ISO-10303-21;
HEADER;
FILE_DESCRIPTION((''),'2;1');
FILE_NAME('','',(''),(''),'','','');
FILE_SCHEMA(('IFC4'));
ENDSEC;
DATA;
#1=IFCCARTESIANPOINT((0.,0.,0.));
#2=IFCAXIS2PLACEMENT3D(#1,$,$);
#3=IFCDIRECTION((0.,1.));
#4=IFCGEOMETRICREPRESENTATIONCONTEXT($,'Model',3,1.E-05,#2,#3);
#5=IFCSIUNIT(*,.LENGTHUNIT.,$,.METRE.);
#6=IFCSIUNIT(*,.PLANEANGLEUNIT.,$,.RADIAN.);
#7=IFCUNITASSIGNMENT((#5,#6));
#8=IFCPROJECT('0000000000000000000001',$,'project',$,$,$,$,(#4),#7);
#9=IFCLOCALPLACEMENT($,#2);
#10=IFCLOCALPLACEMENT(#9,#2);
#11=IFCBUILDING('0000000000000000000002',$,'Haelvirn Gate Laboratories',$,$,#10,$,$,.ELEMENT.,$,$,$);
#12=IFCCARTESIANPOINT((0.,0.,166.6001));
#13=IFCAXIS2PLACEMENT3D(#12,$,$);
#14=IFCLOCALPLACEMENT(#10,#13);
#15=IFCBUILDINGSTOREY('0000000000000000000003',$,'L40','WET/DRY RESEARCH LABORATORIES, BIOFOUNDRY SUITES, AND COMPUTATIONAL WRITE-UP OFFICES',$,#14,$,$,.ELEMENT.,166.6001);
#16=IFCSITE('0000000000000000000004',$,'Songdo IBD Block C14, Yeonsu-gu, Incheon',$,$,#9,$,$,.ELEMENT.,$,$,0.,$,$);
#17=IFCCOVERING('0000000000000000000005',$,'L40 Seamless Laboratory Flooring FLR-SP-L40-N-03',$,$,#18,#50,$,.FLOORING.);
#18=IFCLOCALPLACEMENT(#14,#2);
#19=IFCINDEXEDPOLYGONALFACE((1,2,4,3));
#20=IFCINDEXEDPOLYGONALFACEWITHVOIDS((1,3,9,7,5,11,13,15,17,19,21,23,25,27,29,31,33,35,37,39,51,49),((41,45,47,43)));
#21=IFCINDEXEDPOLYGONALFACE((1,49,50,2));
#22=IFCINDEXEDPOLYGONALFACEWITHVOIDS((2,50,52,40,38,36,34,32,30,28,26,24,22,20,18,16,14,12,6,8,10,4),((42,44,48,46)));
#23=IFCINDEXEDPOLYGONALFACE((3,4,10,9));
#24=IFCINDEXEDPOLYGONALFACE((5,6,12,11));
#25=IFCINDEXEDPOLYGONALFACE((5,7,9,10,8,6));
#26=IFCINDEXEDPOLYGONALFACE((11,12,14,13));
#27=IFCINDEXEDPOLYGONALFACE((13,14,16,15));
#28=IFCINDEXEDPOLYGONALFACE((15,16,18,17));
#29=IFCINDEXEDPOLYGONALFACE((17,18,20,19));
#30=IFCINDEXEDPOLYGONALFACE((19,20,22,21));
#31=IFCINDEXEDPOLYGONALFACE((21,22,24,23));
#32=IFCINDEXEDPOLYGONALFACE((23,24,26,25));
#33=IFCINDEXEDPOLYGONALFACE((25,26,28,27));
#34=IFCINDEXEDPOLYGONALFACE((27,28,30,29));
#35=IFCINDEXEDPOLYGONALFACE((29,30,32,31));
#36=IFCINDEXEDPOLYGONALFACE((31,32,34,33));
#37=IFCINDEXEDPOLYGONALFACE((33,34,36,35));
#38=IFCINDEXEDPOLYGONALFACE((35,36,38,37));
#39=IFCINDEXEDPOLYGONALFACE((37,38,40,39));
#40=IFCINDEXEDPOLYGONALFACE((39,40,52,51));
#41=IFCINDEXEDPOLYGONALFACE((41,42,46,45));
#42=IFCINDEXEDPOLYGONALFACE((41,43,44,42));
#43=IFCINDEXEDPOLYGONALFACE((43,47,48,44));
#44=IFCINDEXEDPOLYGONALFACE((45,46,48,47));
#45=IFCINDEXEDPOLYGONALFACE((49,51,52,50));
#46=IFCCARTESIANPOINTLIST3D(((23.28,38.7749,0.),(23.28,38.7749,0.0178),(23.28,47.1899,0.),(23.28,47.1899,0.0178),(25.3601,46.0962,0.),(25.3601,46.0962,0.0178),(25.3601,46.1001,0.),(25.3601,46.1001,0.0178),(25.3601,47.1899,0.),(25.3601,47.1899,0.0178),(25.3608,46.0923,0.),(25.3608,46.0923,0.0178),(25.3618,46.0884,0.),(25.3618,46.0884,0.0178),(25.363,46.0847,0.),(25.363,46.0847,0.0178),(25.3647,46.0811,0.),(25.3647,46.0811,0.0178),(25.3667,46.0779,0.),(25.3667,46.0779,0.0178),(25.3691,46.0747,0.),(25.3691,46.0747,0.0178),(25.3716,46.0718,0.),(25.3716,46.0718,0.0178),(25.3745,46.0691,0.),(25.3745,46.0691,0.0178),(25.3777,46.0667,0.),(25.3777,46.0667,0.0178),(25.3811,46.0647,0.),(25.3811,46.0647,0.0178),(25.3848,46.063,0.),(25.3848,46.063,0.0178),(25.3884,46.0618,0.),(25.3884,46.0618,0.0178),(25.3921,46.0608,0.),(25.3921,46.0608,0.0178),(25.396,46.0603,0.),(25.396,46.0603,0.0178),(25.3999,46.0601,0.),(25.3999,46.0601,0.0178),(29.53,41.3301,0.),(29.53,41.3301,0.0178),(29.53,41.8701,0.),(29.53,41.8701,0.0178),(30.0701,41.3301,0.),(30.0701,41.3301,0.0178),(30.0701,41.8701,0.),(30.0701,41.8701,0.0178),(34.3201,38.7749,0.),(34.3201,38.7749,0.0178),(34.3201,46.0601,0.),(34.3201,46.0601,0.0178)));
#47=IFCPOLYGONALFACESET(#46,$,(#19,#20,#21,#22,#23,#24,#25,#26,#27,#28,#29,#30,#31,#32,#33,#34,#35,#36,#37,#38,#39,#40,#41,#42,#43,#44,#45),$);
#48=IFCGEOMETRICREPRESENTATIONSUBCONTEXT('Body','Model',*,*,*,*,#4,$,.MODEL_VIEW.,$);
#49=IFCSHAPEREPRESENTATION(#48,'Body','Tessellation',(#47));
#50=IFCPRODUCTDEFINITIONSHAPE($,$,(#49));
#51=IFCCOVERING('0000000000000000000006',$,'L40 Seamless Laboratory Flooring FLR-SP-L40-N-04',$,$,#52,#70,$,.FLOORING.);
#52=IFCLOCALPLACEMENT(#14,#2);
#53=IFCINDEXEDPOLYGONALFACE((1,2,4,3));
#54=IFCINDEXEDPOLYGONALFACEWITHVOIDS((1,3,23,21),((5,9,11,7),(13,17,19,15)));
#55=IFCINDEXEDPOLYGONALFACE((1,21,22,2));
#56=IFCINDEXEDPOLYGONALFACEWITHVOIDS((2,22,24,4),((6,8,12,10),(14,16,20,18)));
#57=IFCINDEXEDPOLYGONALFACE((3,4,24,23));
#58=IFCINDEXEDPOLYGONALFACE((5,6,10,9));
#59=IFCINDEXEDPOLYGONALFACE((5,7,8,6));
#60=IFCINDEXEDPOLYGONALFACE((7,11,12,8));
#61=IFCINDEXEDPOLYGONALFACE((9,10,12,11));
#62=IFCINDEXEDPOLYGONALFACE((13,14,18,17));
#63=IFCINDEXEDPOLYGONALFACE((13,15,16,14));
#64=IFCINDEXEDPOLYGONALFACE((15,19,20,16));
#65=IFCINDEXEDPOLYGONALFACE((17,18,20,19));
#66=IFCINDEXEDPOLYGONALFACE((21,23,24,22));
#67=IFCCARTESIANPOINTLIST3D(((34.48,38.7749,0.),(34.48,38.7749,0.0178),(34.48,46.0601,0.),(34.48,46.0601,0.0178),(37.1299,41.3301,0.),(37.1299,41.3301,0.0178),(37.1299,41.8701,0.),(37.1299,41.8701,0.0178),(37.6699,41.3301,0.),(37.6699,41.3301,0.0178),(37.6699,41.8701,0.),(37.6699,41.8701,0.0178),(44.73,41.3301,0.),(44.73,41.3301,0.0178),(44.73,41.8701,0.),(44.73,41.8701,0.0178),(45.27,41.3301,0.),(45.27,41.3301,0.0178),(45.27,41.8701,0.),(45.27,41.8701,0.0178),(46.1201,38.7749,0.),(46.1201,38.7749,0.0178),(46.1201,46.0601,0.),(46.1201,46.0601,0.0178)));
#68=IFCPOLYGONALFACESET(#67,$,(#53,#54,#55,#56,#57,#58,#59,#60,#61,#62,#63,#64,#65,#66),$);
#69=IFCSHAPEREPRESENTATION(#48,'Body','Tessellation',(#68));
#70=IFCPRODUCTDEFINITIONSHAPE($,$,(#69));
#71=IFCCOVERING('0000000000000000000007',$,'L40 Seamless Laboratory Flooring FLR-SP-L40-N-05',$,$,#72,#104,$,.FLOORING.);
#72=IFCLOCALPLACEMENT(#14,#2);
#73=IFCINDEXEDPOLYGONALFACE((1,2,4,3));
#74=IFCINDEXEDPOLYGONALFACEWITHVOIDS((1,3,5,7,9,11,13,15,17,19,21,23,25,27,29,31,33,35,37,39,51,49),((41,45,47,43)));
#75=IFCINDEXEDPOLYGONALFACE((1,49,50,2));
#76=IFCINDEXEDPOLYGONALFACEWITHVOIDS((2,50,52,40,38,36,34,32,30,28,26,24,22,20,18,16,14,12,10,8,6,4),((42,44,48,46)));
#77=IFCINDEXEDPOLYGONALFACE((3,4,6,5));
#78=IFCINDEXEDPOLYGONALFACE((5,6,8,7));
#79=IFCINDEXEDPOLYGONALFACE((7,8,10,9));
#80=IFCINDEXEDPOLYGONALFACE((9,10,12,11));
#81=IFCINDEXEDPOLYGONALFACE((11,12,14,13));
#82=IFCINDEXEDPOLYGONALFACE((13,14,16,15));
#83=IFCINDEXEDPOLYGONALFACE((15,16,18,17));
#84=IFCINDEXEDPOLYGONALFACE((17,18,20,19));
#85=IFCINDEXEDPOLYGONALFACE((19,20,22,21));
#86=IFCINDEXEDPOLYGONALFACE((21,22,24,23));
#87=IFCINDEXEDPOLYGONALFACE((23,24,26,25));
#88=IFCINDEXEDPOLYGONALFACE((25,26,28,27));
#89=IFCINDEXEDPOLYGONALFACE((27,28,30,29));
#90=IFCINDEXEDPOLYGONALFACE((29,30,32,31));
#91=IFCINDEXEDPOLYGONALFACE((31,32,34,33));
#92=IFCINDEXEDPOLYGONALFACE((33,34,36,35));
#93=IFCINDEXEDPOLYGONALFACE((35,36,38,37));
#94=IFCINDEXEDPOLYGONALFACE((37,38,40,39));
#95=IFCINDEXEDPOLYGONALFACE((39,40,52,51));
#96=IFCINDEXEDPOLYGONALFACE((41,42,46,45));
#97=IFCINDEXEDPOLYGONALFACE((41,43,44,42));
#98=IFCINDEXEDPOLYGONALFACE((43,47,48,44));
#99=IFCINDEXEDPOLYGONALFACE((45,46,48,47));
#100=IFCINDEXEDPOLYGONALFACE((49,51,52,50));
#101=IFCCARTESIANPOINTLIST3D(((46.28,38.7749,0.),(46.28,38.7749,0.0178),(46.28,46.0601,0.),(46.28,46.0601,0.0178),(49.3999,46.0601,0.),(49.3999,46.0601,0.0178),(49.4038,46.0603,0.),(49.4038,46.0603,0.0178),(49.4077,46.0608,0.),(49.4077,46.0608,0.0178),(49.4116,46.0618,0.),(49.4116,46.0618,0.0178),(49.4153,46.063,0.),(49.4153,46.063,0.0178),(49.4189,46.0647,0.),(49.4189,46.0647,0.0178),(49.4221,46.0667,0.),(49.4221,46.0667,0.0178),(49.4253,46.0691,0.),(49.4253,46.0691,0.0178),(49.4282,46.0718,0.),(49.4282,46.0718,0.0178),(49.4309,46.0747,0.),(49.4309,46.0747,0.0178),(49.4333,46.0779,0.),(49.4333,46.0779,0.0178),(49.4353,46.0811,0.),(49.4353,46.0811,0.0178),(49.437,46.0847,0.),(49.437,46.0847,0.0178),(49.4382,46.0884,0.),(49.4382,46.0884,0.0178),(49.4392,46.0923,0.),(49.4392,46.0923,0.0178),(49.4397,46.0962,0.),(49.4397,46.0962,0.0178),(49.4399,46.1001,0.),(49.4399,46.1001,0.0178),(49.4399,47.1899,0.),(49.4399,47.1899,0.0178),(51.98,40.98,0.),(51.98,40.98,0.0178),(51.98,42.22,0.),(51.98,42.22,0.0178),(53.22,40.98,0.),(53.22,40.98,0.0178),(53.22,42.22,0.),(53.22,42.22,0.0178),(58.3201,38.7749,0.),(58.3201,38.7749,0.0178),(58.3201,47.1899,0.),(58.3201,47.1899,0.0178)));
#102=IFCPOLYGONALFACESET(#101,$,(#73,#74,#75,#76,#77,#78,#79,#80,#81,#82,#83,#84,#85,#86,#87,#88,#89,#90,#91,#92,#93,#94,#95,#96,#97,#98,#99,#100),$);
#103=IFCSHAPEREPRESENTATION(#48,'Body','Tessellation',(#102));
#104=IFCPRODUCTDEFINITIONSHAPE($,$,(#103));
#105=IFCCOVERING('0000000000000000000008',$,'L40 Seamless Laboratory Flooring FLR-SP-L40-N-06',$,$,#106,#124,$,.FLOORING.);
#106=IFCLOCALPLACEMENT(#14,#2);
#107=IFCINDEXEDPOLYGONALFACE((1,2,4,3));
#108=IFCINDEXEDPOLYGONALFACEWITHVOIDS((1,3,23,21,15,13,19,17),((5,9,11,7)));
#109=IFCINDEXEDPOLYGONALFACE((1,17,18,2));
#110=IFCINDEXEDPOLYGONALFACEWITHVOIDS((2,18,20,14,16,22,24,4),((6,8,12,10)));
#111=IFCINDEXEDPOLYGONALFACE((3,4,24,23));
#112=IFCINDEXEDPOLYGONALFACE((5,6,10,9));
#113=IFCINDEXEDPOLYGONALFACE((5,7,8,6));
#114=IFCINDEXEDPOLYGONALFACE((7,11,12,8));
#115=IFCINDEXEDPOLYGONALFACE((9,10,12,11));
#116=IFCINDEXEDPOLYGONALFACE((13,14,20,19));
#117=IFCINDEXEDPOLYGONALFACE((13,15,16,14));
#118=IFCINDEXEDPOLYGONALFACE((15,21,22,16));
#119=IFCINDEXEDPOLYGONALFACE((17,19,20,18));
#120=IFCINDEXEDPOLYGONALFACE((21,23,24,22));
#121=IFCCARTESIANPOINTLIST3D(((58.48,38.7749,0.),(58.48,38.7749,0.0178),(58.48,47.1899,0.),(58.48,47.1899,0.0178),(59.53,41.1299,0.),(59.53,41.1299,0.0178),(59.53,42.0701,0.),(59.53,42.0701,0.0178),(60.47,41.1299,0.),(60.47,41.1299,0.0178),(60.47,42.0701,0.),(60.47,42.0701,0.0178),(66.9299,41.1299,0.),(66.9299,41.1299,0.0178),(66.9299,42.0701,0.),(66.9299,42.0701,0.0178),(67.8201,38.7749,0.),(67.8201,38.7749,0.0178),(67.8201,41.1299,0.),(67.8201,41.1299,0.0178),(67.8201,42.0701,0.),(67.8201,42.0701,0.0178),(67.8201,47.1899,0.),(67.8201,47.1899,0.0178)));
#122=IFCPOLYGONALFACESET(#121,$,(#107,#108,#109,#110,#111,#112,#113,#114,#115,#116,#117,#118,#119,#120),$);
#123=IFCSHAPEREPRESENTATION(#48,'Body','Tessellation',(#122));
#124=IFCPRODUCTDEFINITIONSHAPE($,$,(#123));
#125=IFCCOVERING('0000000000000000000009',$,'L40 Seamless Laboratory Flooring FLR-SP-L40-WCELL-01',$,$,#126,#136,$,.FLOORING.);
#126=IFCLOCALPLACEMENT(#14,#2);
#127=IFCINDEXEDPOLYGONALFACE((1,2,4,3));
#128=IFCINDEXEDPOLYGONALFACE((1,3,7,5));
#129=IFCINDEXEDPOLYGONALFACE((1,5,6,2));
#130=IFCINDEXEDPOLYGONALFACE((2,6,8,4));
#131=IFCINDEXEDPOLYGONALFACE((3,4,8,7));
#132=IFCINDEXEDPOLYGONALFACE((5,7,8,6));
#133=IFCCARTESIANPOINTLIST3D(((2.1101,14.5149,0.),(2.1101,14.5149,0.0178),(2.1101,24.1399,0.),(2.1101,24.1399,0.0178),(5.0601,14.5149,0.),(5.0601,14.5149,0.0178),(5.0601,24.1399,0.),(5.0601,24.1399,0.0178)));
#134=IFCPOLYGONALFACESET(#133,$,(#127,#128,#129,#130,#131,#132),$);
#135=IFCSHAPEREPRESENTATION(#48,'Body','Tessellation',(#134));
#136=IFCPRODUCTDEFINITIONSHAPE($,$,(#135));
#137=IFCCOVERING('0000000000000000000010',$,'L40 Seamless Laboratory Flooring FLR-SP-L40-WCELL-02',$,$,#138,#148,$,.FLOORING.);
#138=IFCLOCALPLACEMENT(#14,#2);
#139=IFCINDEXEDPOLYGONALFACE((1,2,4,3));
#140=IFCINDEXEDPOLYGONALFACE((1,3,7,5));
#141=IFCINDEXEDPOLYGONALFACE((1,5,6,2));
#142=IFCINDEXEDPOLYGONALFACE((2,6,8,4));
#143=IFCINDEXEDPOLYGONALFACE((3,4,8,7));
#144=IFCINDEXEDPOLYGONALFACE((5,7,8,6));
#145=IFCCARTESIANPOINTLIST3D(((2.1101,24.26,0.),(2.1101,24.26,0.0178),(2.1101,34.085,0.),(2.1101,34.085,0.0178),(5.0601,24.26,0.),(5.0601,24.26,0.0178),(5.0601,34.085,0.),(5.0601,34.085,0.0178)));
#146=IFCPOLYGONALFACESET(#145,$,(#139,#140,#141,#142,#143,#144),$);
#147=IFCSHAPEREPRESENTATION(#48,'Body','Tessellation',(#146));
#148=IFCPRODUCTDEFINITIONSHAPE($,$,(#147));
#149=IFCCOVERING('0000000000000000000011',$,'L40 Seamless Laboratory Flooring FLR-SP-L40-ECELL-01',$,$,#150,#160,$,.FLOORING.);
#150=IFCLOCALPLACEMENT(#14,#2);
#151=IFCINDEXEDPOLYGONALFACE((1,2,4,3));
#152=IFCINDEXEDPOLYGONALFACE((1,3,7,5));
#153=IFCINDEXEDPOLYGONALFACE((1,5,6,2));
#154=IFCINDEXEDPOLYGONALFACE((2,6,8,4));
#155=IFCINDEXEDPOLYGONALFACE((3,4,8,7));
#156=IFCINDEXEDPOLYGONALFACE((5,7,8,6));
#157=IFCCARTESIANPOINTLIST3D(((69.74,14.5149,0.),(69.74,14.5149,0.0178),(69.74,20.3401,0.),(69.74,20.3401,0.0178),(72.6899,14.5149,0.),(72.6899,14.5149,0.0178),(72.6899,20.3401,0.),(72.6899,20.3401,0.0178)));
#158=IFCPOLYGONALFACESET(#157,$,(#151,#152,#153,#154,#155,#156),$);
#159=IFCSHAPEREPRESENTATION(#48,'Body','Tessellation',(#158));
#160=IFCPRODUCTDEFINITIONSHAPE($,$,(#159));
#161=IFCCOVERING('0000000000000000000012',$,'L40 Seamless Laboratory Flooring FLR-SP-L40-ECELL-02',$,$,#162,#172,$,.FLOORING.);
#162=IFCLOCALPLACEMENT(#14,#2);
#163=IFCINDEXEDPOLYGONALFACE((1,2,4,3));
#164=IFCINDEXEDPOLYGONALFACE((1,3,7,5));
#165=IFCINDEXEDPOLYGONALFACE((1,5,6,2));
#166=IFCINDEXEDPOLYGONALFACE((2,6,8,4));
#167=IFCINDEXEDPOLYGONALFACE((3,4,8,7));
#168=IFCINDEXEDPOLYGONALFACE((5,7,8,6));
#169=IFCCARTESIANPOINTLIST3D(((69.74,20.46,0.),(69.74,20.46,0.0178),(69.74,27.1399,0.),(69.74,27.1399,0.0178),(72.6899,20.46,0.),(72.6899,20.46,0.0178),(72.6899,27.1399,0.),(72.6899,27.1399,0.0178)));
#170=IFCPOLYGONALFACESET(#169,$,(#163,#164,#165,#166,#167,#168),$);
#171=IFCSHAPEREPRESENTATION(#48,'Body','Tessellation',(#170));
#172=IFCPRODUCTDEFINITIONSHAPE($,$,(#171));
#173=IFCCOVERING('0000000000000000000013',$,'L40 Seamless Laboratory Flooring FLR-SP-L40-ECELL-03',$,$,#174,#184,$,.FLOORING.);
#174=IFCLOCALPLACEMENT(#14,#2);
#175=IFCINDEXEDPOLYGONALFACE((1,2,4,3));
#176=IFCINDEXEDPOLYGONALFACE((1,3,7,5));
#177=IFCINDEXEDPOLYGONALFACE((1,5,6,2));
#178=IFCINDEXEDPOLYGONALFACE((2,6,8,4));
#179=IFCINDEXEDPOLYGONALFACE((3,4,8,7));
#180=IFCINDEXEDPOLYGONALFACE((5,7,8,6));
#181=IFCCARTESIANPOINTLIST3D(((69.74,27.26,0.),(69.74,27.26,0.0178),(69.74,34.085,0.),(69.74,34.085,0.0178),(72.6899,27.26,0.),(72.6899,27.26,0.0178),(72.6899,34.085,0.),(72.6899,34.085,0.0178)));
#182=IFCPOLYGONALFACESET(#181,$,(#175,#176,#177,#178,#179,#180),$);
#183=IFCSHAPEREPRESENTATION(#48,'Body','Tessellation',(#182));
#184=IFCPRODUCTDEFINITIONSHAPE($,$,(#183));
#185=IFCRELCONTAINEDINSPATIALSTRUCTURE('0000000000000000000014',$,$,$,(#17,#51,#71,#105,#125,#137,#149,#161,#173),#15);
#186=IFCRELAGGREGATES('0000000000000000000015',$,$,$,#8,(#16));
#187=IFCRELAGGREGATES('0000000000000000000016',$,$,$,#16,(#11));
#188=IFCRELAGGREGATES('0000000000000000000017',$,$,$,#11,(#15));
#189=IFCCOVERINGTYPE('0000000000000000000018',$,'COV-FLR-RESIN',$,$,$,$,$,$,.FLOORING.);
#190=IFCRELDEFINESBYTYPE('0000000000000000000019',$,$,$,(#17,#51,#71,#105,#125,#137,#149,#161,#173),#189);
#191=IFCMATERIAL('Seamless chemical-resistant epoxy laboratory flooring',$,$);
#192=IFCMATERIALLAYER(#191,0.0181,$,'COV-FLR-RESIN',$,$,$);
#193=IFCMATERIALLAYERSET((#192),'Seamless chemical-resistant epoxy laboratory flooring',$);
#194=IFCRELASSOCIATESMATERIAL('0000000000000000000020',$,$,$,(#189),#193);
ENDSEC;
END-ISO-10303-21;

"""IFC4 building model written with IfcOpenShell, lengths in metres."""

from ifc_helpers import new_model, si_unit, direction, frame, origin, place, context, subcontext, project, spatial, polyline, outline, extrude, material, layer, layer_set, type_object, element, save


model = new_model("IFC4")

# Units and contexts
model_context = context("Model", 3, precision=1e-05, world=origin(), true_north=direction((0.0, 1.0)))
body_context = subcontext(model_context, "Body", "Model", "MODEL_VIEW")
ifc_project = project(units=[si_unit("LENGTHUNIT", "METRE"), si_unit("PLANEANGLEUNIT", "RADIAN")], contexts=[model_context])

# Site, building, storey
site_placement = place(None, origin())
site = spatial("IfcSite", under=ifc_project, at=site_placement, Name="Songdo IBD Block C14, Yeonsu-gu, Incheon", CompositionType="ELEMENT", RefElevation=0.0)
building_placement = place(site_placement, origin())
building = spatial("IfcBuilding", under=site, at=building_placement, Name="Haelvirn Gate Laboratories", CompositionType="ELEMENT")
storey_placement = place(building_placement, frame((0.0, 0.0, 166.6001)))
storey = spatial("IfcBuildingStorey", under=building, at=storey_placement, Name="L40", Description="WET/DRY RESEARCH LABORATORIES, BIOFOUNDRY SUITES, AND COMPUTATIONAL WRITE-UP OFFICES", CompositionType="ELEMENT", Elevation=166.6001)

# Coverings
ifc_material_1 = material(Name="Seamless chemical-resistant epoxy laboratory flooring")
ifc_layer_1 = layer(ifc_material_1, 0.0181, Name="COV-FLR-RESIN")
ifc_layer_set_1 = layer_set([ifc_layer_1], Name="Seamless chemical-resistant epoxy laboratory flooring")
covering_type = type_object("IfcCoveringType", Name="COV-FLR-RESIN", PredefinedType="FLOORING", material=ifc_layer_set_1)
covering_1_placement = place(storey_placement, origin())
element("IfcCovering", 1, at=covering_1_placement, inside=storey, type_object=covering_type, Name="L40 Seamless Laboratory Flooring FLR-SP-L40-N-03", PredefinedType="FLOORING", context=body_context, shape_type="SweptSolid", body=[
    extrude(outline(polyline([(23.28, 47.1899), (25.3601, 47.1899), (25.3601, 46.1001), (25.3601, 46.0962), (25.3608, 46.0923), (25.3618, 46.0884), (25.363, 46.0847), (25.3647, 46.0811), (25.3667, 46.0779), (25.3691, 46.0747), (25.3716, 46.0718), (25.3745, 46.0691), (25.3777, 46.0667), (25.3811, 46.0647), (25.3848, 46.063), (25.3884, 46.0618), (25.3921, 46.0608), (25.396, 46.0603), (25.3999, 46.0601), (34.3201, 46.0601), (34.3201, 38.7749), (23.28, 38.7749), (23.28, 47.1899)]), holes=[polyline([(29.53, 41.8701), (29.53, 41.3301), (30.0701, 41.3301), (30.0701, 41.8701), (29.53, 41.8701)])]), origin(), (0.0, 0.0, 1.0), 0.0178),
])
covering_2_placement = place(storey_placement, origin())
element("IfcCovering", 2, at=covering_2_placement, inside=storey, type_object=covering_type, Name="L40 Seamless Laboratory Flooring FLR-SP-L40-N-04", PredefinedType="FLOORING", context=body_context, shape_type="SweptSolid", body=[
    extrude(outline(polyline([(46.1201, 46.0601), (46.1201, 38.7749), (34.48, 38.7749), (34.48, 46.0601), (46.1201, 46.0601)]), holes=[polyline([(37.1299, 41.3301), (37.6699, 41.3301), (37.6699, 41.8701), (37.1299, 41.8701), (37.1299, 41.3301)]), polyline([(44.73, 41.8701), (44.73, 41.3301), (45.27, 41.3301), (45.27, 41.8701), (44.73, 41.8701)])]), origin(), (0.0, 0.0, 1.0), 0.0178),
])
covering_3_placement = place(storey_placement, origin())
element("IfcCovering", 3, at=covering_3_placement, inside=storey, type_object=covering_type, Name="L40 Seamless Laboratory Flooring FLR-SP-L40-N-05", PredefinedType="FLOORING", context=body_context, shape_type="SweptSolid", body=[
    extrude(outline(polyline([(46.28, 38.7749), (46.28, 46.0601), (49.3999, 46.0601), (49.4038, 46.0603), (49.4077, 46.0608), (49.4116, 46.0618), (49.4153, 46.063), (49.4189, 46.0647), (49.4221, 46.0667), (49.4253, 46.0691), (49.4282, 46.0718), (49.4309, 46.0747), (49.4333, 46.0779), (49.4353, 46.0811), (49.437, 46.0847), (49.4382, 46.0884), (49.4392, 46.0923), (49.4397, 46.0962), (49.4399, 46.1001), (49.4399, 47.1899), (58.3201, 47.1899), (58.3201, 38.7749), (46.28, 38.7749)]), holes=[polyline([(51.98, 42.22), (51.98, 40.98), (53.22, 40.98), (53.22, 42.22), (51.98, 42.22)])]), origin(), (0.0, 0.0, 1.0), 0.0178),
])
covering_4_placement = place(storey_placement, origin())
element("IfcCovering", 4, at=covering_4_placement, inside=storey, type_object=covering_type, Name="L40 Seamless Laboratory Flooring FLR-SP-L40-N-06", PredefinedType="FLOORING", context=body_context, shape_type="SweptSolid", body=[
    extrude(outline(polyline([(67.8201, 42.0701), (66.9299, 42.0701), (66.9299, 41.1299), (67.8201, 41.1299), (67.8201, 38.7749), (58.48, 38.7749), (58.48, 47.1899), (67.8201, 47.1899), (67.8201, 42.0701)]), holes=[polyline([(59.53, 41.1299), (60.47, 41.1299), (60.47, 42.0701), (59.53, 42.0701), (59.53, 41.1299)])]), origin(), (0.0, 0.0, 1.0), 0.0178),
])
covering_5_placement = place(storey_placement, origin())
element("IfcCovering", 5, at=covering_5_placement, inside=storey, type_object=covering_type, Name="L40 Seamless Laboratory Flooring FLR-SP-L40-WCELL-01", PredefinedType="FLOORING", context=body_context, shape_type="SweptSolid", body=[
    extrude(outline(polyline([(2.1101, 24.1399), (5.0601, 24.1399), (5.0601, 14.5149), (2.1101, 14.5149), (2.1101, 24.1399)])), origin(), (0.0, 0.0, 1.0), 0.0178),
])
covering_6_placement = place(storey_placement, origin())
element("IfcCovering", 6, at=covering_6_placement, inside=storey, type_object=covering_type, Name="L40 Seamless Laboratory Flooring FLR-SP-L40-WCELL-02", PredefinedType="FLOORING", context=body_context, shape_type="SweptSolid", body=[
    extrude(outline(polyline([(2.1101, 34.085), (5.0601, 34.085), (5.0601, 24.26), (2.1101, 24.26), (2.1101, 34.085)])), origin(), (0.0, 0.0, 1.0), 0.0178),
])
covering_7_placement = place(storey_placement, origin())
element("IfcCovering", 7, at=covering_7_placement, inside=storey, type_object=covering_type, Name="L40 Seamless Laboratory Flooring FLR-SP-L40-ECELL-01", PredefinedType="FLOORING", context=body_context, shape_type="SweptSolid", body=[
    extrude(outline(polyline([(69.74, 20.3401), (72.6899, 20.3401), (72.6899, 14.5149), (69.74, 14.5149), (69.74, 20.3401)])), origin(), (0.0, 0.0, 1.0), 0.0178),
])
covering_8_placement = place(storey_placement, origin())
element("IfcCovering", 8, at=covering_8_placement, inside=storey, type_object=covering_type, Name="L40 Seamless Laboratory Flooring FLR-SP-L40-ECELL-02", PredefinedType="FLOORING", context=body_context, shape_type="SweptSolid", body=[
    extrude(outline(polyline([(69.74, 27.1399), (72.6899, 27.1399), (72.6899, 20.46), (69.74, 20.46), (69.74, 27.1399)])), origin(), (0.0, 0.0, 1.0), 0.0178),
])
covering_9_placement = place(storey_placement, origin())
element("IfcCovering", 9, at=covering_9_placement, inside=storey, type_object=covering_type, Name="L40 Seamless Laboratory Flooring FLR-SP-L40-ECELL-03", PredefinedType="FLOORING", context=body_context, shape_type="SweptSolid", body=[
    extrude(outline(polyline([(69.74, 34.085), (72.6899, 34.085), (72.6899, 27.26), (69.74, 27.26), (69.74, 34.085)])), origin(), (0.0, 0.0, 1.0), 0.0178),
])

save(model, "model.ifc")
